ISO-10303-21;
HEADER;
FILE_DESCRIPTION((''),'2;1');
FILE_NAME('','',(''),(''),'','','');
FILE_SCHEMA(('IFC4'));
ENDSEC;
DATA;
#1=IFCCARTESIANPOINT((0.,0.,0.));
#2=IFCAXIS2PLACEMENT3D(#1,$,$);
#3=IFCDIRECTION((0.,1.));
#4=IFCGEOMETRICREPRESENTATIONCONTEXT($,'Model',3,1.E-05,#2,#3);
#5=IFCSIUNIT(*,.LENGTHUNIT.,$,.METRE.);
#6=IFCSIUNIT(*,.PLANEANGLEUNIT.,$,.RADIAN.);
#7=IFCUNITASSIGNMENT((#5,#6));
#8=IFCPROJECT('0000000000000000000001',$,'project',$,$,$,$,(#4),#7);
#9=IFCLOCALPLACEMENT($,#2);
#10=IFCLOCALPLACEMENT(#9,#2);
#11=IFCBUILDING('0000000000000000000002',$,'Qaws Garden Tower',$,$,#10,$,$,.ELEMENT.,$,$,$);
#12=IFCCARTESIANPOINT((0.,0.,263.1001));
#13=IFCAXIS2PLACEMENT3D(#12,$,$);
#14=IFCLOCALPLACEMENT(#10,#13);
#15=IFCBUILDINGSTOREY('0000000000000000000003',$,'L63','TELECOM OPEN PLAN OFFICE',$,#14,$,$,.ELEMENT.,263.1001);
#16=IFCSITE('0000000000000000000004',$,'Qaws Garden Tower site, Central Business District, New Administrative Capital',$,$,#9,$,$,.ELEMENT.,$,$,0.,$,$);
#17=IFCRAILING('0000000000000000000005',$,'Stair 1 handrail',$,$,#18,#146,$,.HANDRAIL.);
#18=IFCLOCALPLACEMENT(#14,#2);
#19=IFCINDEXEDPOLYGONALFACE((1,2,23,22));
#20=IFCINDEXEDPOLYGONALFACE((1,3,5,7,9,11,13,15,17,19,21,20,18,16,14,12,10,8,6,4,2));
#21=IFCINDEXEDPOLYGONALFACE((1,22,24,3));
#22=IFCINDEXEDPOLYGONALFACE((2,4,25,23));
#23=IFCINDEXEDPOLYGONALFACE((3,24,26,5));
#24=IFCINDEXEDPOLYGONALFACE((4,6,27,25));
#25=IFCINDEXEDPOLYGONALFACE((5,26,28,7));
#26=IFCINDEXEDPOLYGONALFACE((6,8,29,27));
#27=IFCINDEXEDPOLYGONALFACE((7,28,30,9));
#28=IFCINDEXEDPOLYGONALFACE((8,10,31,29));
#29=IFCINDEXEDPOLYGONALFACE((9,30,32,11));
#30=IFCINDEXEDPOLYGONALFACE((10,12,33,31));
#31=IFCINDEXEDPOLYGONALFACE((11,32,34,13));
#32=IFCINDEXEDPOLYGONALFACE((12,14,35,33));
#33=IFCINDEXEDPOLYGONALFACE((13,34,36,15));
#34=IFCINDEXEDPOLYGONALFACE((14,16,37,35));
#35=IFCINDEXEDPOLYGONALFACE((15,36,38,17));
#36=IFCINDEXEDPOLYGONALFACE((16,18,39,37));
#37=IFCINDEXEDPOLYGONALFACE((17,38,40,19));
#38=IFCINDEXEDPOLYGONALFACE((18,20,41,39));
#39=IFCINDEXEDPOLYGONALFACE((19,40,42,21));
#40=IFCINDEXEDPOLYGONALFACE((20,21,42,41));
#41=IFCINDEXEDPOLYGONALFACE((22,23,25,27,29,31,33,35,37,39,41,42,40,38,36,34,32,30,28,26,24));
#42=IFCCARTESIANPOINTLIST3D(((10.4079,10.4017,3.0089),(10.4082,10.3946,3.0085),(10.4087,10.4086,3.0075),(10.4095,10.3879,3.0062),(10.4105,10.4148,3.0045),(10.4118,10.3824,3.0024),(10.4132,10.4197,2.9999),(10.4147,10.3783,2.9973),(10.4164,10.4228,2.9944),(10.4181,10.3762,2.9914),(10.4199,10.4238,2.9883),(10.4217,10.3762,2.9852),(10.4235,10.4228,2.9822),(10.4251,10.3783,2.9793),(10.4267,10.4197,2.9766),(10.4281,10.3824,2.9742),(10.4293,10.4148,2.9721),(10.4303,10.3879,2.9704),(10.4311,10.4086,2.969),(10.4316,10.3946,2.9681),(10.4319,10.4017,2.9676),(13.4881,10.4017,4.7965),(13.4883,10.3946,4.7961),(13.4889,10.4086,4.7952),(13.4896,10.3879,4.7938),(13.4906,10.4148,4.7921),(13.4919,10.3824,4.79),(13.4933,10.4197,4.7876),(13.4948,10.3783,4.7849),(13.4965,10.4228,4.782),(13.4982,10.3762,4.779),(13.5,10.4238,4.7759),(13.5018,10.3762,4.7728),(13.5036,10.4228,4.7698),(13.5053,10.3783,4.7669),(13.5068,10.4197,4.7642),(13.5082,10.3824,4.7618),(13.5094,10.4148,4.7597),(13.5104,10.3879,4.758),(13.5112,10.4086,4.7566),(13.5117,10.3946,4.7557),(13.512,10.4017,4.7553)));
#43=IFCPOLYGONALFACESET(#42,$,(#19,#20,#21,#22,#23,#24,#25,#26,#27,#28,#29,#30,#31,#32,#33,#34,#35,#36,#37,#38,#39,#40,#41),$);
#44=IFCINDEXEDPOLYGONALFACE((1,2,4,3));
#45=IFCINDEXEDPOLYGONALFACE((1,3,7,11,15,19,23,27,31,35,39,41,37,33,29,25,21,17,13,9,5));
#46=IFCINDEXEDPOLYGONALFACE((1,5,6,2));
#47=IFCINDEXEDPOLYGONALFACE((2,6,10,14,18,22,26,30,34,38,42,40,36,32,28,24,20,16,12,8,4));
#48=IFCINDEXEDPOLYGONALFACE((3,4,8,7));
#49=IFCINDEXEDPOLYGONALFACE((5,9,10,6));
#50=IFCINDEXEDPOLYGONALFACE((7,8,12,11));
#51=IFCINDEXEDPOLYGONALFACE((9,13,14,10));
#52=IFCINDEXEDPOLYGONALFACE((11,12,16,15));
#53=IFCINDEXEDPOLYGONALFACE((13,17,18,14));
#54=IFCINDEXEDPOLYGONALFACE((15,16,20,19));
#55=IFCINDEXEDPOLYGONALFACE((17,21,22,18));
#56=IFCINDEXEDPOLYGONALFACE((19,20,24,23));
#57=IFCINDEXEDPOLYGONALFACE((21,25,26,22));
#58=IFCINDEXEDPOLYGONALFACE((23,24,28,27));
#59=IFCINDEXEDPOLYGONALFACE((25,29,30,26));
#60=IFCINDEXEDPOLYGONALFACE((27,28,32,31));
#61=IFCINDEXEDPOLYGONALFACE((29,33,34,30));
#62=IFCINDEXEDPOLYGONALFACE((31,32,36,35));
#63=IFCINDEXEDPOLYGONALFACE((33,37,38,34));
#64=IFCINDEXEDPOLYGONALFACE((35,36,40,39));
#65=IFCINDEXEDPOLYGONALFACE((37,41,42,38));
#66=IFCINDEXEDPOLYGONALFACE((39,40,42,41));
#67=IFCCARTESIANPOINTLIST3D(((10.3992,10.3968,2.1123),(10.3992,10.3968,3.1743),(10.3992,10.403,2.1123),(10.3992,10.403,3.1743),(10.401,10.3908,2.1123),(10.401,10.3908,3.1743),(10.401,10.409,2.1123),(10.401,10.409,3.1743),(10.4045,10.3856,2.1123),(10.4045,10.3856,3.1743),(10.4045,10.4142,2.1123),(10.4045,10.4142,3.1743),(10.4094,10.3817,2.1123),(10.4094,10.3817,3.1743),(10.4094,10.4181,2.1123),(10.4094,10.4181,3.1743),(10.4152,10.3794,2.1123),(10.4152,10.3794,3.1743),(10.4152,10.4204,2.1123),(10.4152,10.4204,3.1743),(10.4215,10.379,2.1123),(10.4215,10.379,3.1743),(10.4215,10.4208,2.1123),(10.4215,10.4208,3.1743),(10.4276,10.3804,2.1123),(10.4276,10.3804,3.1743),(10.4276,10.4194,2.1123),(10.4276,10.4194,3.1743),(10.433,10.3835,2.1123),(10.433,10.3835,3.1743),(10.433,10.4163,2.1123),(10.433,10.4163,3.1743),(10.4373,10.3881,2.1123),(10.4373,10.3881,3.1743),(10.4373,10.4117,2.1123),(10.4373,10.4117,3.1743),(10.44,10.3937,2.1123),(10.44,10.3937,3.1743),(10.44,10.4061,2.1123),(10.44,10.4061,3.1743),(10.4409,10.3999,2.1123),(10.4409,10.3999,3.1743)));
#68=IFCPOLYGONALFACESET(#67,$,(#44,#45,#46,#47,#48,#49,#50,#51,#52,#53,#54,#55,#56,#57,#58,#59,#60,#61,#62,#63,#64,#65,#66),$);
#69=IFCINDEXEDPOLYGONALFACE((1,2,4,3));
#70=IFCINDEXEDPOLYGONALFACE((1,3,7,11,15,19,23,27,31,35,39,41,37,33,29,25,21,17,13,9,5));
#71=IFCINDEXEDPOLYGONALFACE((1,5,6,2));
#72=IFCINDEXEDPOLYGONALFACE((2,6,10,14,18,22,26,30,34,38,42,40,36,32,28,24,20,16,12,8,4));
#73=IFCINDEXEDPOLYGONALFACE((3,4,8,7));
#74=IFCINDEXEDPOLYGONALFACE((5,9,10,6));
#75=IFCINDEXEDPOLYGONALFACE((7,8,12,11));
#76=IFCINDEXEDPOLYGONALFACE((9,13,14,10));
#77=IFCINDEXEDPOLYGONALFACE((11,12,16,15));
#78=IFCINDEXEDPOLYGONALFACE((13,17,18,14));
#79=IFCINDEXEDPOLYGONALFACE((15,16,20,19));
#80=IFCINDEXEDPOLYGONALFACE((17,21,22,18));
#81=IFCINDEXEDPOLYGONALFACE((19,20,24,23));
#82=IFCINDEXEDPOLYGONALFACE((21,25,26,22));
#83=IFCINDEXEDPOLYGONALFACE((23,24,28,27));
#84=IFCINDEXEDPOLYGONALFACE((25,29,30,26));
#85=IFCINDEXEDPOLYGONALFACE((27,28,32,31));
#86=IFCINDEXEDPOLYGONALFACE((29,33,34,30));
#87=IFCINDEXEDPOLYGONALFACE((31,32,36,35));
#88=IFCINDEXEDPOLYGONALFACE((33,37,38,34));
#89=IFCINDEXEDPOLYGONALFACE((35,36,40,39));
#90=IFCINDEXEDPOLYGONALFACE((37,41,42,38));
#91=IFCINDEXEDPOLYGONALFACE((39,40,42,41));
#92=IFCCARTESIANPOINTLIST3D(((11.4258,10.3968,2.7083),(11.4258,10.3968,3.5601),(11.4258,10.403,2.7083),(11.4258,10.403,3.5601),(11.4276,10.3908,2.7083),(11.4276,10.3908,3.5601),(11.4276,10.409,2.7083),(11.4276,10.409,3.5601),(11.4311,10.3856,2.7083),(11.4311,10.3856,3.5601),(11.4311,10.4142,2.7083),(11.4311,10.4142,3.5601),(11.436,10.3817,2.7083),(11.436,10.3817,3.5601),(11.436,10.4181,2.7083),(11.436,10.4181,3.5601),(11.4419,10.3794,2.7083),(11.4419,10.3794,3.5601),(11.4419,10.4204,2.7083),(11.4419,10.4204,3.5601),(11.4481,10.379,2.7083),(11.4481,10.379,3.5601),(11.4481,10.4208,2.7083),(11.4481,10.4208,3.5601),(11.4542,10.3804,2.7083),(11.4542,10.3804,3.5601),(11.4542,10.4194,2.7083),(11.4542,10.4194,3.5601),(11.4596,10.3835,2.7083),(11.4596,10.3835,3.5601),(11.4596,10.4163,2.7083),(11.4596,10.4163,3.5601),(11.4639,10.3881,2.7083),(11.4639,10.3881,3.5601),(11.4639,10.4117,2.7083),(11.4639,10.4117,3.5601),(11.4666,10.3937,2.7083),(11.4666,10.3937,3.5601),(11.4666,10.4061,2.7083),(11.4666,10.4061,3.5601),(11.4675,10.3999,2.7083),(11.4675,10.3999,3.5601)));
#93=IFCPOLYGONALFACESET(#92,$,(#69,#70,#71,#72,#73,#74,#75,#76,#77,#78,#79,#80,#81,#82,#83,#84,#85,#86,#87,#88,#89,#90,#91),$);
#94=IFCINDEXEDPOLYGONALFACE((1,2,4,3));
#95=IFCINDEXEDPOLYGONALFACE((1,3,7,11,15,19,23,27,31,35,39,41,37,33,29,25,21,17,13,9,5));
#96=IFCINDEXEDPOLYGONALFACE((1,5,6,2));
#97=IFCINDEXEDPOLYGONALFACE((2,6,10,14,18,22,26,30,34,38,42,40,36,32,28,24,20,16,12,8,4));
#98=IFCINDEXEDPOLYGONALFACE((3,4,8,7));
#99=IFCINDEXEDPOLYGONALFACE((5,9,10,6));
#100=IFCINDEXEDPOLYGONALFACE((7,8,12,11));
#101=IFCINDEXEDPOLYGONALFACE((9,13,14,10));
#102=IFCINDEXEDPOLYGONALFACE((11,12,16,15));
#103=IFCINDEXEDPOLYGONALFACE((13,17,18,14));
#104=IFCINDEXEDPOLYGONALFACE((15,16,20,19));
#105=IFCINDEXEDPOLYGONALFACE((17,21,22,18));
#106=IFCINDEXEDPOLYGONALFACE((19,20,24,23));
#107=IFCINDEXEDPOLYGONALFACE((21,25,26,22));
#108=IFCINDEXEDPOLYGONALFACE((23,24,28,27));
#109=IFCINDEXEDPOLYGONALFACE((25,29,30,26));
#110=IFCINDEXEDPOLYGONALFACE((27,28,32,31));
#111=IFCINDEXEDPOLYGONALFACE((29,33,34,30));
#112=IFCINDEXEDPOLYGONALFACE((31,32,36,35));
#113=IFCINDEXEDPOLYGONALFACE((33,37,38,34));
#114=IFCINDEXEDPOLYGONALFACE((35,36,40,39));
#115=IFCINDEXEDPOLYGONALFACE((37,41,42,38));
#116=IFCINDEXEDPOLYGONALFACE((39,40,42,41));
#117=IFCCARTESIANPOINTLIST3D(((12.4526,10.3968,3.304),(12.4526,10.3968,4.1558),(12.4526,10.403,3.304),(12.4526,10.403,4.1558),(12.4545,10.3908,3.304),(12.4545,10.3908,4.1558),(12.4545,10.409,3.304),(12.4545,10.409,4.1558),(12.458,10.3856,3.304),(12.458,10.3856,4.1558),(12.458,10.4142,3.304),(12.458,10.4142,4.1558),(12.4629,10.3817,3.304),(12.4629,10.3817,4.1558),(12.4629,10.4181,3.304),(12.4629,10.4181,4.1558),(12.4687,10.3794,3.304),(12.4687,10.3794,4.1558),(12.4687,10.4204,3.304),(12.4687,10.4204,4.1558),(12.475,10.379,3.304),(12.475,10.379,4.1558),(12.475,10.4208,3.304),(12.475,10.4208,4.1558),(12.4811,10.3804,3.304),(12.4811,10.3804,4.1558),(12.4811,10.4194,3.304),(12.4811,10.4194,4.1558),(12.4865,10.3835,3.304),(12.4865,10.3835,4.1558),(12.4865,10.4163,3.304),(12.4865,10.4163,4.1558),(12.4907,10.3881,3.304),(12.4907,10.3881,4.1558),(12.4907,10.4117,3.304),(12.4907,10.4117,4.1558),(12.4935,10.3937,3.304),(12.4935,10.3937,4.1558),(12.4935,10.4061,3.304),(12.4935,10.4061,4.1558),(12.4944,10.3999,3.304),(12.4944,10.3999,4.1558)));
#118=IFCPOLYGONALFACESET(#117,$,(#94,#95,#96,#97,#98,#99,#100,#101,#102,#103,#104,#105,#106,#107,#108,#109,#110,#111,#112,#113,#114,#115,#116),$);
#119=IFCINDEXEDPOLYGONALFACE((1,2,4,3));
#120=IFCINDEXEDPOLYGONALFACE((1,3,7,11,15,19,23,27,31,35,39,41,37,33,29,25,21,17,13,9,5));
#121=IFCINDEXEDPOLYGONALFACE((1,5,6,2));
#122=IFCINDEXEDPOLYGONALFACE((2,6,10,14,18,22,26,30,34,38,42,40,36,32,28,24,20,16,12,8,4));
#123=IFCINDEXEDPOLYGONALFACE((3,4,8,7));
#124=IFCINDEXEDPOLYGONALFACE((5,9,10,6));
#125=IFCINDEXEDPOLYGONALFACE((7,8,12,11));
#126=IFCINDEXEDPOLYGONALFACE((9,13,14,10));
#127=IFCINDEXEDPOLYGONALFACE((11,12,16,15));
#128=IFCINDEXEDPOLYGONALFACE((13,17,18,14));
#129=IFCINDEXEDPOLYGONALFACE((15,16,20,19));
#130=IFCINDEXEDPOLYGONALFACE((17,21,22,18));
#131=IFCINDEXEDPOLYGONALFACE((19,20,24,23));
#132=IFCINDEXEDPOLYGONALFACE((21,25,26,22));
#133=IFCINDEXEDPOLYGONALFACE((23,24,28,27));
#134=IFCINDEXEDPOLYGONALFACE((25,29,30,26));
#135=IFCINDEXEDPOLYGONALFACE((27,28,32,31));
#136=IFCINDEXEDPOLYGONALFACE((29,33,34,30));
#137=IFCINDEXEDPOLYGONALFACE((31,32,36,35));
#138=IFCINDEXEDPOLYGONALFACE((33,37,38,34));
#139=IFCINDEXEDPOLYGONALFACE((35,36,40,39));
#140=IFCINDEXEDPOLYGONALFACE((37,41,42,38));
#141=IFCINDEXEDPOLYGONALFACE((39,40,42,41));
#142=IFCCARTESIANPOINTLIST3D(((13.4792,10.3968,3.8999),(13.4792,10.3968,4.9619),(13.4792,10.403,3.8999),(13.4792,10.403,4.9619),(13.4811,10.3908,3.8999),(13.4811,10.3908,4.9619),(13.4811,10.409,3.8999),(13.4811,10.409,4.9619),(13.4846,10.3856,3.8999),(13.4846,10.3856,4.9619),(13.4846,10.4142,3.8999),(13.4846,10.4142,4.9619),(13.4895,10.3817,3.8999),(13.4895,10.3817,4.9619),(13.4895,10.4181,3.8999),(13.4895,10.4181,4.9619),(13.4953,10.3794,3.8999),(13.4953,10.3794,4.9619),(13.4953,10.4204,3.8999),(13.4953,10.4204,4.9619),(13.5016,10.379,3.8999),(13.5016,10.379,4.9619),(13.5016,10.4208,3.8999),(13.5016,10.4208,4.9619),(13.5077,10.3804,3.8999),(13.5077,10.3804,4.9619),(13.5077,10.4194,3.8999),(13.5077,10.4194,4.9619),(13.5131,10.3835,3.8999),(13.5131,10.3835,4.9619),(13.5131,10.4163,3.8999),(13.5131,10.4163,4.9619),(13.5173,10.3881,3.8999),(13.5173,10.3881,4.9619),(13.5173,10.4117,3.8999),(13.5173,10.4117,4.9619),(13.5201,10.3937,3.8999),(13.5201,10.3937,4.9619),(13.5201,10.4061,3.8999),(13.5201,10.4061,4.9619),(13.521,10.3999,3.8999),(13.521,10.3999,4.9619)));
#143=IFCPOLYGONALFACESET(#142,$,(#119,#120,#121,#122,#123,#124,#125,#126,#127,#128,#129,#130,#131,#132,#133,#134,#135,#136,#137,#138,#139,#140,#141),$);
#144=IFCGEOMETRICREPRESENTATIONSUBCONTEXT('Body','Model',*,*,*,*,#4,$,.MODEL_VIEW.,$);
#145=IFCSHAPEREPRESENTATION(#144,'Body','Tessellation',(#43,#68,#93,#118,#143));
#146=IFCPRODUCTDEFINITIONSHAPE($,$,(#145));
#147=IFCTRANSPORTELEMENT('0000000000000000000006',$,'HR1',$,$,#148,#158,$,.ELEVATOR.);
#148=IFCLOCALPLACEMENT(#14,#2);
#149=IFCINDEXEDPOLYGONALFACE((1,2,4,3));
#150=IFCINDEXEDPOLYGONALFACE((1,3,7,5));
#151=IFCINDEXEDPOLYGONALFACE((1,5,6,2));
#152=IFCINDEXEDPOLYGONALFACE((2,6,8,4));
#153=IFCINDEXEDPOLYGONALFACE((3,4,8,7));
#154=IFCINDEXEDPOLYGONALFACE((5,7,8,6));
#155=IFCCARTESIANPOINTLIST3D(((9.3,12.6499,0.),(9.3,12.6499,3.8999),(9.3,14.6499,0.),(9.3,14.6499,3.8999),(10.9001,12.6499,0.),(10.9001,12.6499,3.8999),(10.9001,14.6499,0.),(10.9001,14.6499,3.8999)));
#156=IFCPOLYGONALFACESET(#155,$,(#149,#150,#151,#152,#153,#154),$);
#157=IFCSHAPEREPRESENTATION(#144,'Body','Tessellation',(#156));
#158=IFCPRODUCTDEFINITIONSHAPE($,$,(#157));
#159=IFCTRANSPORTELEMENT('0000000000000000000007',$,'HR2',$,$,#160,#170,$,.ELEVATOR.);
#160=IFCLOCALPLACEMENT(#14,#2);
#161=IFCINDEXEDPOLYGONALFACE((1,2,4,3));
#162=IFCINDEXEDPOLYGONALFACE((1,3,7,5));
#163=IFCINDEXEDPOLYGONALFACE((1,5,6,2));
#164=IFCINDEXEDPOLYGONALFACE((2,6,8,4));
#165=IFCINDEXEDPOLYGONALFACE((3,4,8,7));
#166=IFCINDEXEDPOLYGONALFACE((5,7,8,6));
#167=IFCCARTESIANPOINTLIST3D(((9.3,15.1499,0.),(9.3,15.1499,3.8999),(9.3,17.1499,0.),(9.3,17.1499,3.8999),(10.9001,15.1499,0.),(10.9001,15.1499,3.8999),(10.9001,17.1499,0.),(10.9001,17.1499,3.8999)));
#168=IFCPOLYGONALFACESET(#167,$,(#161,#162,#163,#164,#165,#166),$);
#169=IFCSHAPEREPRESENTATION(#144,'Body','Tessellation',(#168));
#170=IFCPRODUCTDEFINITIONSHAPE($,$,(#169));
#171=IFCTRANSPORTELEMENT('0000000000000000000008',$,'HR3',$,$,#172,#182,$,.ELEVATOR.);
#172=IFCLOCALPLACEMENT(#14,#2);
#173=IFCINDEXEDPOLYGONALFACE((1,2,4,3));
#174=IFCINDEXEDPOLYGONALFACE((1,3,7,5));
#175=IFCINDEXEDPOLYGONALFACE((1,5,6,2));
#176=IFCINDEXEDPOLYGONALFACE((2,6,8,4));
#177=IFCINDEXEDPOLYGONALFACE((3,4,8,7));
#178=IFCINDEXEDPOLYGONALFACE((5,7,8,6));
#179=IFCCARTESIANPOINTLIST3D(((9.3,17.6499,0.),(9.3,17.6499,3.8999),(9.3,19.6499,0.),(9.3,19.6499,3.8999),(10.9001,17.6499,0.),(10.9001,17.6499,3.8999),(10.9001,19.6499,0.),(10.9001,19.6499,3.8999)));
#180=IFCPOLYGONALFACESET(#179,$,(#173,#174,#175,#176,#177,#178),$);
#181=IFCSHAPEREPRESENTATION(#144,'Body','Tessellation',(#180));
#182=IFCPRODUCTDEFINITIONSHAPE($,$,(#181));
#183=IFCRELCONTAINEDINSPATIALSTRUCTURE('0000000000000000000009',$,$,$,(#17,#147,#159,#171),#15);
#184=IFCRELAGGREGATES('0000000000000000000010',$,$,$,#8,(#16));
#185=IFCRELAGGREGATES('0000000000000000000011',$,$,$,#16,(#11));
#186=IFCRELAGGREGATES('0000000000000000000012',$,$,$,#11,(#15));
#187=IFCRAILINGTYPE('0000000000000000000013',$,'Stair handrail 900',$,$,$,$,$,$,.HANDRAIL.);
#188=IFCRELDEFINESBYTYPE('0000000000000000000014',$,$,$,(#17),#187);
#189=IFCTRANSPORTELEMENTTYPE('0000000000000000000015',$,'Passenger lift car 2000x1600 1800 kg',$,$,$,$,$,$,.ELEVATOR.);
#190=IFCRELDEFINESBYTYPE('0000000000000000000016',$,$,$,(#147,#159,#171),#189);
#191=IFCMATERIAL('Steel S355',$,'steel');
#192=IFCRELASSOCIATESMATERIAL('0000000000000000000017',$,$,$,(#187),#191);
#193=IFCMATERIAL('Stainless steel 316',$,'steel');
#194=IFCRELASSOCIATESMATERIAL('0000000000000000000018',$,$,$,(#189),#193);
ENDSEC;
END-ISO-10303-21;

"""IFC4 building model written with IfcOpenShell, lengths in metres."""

from ifc_helpers import new_model, si_unit, direction, frame, origin, origin_2d, place, context, subcontext, project, spatial, rectangle, circle, extrude, material, type_object, element, save


model = new_model("IFC4")

# Units and contexts
model_context = context("Model", 3, precision=1e-05, world=origin(), true_north=direction((0.0, 1.0)))
body_context = subcontext(model_context, "Body", "Model", "MODEL_VIEW")
ifc_project = project(units=[si_unit("LENGTHUNIT", "METRE"), si_unit("PLANEANGLEUNIT", "RADIAN")], contexts=[model_context])

# Site, building, storey
site_placement = place(None, origin())
site = spatial("IfcSite", under=ifc_project, at=site_placement, Name="Qaws Garden Tower site, Central Business District, New Administrative Capital", CompositionType="ELEMENT", RefElevation=0.0)
building_placement = place(site_placement, origin())
building = spatial("IfcBuilding", under=site, at=building_placement, Name="Qaws Garden Tower", CompositionType="ELEMENT")
storey_placement = place(building_placement, frame((0.0, 0.0, 263.1001)))
storey = spatial("IfcBuildingStorey", under=building, at=storey_placement, Name="L63", Description="TELECOM OPEN PLAN OFFICE", CompositionType="ELEMENT", Elevation=263.1001)

# Railing
ifc_material_1 = material(Name="Steel S355", Category="steel")
railing_type = type_object("IfcRailingType", Name="Stair handrail 900", PredefinedType="HANDRAIL", material=ifc_material_1)
railing_placement = place(storey_placement, frame((10.4199, 10.3999, 2.1123)))
element("IfcRailing", 1, at=railing_placement, inside=storey, type_object=railing_type, Name="Stair 1 handrail", PredefinedType="HANDRAIL", context=body_context, shape_type="SweptSolid", body=[
    extrude(circle(Radius=0.0239, at=origin_2d()), frame((0.0, 0.0, 0.876), z_axis=(0.864891, 0.0, 0.50196), x_axis=(0.0, 1.0, 0.0)), (0.0, 0.0, 1.0), 3.5613),
    extrude(circle(Radius=0.021, at=origin_2d()), origin(), (0.0, 0.0, 1.0), 1.062),
    extrude(circle(Radius=0.021, at=origin_2d()), frame((1.0266, 0.0, 0.5959)), (0.0, 0.0, 1.0), 0.8518),
    extrude(circle(Radius=0.021, at=origin_2d()), frame((2.0535, 0.0, 1.1917)), (0.0, 0.0, 1.0), 0.8518),
    extrude(circle(Radius=0.021, at=origin_2d()), frame((3.0801, 0.0, 1.7876)), (0.0, 0.0, 1.0), 1.062),
])

# Transport elements
ifc_material_2 = material(Name="Stainless steel 316", Category="steel")
transport_element_type = type_object("IfcTransportElementType", Name="Passenger lift car 2000x1600 1800 kg", PredefinedType="ELEVATOR", material=ifc_material_2)
for number, where, z_axis, x_axis, name in (
    (2, (10.1001, 13.6499, 0.0), (0.0, 0.0, 1.0), (1.0, 0.0, 0.0), "HR1"),
    (3, (10.1001, 16.1499, 0.0), (0.0, 0.0, 1.0), (1.0, 0.0, 0.0), "HR2"),
    (4, (10.1001, 18.6499, 0.0), (0.0, 0.0, 1.0), (1.0, 0.0, 0.0), "HR3"),
):
    element("IfcTransportElement", number, at=place(storey_placement, frame(where, z_axis=z_axis, x_axis=x_axis)), inside=storey, type_object=transport_element_type, Name=name, PredefinedType="ELEVATOR", context=body_context, shape_type="SweptSolid", body=[
        extrude(rectangle(XDim=1.6001, YDim=2.0, at=origin_2d()), origin(), (0.0, 0.0, 1.0), 3.8999),
    ])

save(model, "model.ifc")
